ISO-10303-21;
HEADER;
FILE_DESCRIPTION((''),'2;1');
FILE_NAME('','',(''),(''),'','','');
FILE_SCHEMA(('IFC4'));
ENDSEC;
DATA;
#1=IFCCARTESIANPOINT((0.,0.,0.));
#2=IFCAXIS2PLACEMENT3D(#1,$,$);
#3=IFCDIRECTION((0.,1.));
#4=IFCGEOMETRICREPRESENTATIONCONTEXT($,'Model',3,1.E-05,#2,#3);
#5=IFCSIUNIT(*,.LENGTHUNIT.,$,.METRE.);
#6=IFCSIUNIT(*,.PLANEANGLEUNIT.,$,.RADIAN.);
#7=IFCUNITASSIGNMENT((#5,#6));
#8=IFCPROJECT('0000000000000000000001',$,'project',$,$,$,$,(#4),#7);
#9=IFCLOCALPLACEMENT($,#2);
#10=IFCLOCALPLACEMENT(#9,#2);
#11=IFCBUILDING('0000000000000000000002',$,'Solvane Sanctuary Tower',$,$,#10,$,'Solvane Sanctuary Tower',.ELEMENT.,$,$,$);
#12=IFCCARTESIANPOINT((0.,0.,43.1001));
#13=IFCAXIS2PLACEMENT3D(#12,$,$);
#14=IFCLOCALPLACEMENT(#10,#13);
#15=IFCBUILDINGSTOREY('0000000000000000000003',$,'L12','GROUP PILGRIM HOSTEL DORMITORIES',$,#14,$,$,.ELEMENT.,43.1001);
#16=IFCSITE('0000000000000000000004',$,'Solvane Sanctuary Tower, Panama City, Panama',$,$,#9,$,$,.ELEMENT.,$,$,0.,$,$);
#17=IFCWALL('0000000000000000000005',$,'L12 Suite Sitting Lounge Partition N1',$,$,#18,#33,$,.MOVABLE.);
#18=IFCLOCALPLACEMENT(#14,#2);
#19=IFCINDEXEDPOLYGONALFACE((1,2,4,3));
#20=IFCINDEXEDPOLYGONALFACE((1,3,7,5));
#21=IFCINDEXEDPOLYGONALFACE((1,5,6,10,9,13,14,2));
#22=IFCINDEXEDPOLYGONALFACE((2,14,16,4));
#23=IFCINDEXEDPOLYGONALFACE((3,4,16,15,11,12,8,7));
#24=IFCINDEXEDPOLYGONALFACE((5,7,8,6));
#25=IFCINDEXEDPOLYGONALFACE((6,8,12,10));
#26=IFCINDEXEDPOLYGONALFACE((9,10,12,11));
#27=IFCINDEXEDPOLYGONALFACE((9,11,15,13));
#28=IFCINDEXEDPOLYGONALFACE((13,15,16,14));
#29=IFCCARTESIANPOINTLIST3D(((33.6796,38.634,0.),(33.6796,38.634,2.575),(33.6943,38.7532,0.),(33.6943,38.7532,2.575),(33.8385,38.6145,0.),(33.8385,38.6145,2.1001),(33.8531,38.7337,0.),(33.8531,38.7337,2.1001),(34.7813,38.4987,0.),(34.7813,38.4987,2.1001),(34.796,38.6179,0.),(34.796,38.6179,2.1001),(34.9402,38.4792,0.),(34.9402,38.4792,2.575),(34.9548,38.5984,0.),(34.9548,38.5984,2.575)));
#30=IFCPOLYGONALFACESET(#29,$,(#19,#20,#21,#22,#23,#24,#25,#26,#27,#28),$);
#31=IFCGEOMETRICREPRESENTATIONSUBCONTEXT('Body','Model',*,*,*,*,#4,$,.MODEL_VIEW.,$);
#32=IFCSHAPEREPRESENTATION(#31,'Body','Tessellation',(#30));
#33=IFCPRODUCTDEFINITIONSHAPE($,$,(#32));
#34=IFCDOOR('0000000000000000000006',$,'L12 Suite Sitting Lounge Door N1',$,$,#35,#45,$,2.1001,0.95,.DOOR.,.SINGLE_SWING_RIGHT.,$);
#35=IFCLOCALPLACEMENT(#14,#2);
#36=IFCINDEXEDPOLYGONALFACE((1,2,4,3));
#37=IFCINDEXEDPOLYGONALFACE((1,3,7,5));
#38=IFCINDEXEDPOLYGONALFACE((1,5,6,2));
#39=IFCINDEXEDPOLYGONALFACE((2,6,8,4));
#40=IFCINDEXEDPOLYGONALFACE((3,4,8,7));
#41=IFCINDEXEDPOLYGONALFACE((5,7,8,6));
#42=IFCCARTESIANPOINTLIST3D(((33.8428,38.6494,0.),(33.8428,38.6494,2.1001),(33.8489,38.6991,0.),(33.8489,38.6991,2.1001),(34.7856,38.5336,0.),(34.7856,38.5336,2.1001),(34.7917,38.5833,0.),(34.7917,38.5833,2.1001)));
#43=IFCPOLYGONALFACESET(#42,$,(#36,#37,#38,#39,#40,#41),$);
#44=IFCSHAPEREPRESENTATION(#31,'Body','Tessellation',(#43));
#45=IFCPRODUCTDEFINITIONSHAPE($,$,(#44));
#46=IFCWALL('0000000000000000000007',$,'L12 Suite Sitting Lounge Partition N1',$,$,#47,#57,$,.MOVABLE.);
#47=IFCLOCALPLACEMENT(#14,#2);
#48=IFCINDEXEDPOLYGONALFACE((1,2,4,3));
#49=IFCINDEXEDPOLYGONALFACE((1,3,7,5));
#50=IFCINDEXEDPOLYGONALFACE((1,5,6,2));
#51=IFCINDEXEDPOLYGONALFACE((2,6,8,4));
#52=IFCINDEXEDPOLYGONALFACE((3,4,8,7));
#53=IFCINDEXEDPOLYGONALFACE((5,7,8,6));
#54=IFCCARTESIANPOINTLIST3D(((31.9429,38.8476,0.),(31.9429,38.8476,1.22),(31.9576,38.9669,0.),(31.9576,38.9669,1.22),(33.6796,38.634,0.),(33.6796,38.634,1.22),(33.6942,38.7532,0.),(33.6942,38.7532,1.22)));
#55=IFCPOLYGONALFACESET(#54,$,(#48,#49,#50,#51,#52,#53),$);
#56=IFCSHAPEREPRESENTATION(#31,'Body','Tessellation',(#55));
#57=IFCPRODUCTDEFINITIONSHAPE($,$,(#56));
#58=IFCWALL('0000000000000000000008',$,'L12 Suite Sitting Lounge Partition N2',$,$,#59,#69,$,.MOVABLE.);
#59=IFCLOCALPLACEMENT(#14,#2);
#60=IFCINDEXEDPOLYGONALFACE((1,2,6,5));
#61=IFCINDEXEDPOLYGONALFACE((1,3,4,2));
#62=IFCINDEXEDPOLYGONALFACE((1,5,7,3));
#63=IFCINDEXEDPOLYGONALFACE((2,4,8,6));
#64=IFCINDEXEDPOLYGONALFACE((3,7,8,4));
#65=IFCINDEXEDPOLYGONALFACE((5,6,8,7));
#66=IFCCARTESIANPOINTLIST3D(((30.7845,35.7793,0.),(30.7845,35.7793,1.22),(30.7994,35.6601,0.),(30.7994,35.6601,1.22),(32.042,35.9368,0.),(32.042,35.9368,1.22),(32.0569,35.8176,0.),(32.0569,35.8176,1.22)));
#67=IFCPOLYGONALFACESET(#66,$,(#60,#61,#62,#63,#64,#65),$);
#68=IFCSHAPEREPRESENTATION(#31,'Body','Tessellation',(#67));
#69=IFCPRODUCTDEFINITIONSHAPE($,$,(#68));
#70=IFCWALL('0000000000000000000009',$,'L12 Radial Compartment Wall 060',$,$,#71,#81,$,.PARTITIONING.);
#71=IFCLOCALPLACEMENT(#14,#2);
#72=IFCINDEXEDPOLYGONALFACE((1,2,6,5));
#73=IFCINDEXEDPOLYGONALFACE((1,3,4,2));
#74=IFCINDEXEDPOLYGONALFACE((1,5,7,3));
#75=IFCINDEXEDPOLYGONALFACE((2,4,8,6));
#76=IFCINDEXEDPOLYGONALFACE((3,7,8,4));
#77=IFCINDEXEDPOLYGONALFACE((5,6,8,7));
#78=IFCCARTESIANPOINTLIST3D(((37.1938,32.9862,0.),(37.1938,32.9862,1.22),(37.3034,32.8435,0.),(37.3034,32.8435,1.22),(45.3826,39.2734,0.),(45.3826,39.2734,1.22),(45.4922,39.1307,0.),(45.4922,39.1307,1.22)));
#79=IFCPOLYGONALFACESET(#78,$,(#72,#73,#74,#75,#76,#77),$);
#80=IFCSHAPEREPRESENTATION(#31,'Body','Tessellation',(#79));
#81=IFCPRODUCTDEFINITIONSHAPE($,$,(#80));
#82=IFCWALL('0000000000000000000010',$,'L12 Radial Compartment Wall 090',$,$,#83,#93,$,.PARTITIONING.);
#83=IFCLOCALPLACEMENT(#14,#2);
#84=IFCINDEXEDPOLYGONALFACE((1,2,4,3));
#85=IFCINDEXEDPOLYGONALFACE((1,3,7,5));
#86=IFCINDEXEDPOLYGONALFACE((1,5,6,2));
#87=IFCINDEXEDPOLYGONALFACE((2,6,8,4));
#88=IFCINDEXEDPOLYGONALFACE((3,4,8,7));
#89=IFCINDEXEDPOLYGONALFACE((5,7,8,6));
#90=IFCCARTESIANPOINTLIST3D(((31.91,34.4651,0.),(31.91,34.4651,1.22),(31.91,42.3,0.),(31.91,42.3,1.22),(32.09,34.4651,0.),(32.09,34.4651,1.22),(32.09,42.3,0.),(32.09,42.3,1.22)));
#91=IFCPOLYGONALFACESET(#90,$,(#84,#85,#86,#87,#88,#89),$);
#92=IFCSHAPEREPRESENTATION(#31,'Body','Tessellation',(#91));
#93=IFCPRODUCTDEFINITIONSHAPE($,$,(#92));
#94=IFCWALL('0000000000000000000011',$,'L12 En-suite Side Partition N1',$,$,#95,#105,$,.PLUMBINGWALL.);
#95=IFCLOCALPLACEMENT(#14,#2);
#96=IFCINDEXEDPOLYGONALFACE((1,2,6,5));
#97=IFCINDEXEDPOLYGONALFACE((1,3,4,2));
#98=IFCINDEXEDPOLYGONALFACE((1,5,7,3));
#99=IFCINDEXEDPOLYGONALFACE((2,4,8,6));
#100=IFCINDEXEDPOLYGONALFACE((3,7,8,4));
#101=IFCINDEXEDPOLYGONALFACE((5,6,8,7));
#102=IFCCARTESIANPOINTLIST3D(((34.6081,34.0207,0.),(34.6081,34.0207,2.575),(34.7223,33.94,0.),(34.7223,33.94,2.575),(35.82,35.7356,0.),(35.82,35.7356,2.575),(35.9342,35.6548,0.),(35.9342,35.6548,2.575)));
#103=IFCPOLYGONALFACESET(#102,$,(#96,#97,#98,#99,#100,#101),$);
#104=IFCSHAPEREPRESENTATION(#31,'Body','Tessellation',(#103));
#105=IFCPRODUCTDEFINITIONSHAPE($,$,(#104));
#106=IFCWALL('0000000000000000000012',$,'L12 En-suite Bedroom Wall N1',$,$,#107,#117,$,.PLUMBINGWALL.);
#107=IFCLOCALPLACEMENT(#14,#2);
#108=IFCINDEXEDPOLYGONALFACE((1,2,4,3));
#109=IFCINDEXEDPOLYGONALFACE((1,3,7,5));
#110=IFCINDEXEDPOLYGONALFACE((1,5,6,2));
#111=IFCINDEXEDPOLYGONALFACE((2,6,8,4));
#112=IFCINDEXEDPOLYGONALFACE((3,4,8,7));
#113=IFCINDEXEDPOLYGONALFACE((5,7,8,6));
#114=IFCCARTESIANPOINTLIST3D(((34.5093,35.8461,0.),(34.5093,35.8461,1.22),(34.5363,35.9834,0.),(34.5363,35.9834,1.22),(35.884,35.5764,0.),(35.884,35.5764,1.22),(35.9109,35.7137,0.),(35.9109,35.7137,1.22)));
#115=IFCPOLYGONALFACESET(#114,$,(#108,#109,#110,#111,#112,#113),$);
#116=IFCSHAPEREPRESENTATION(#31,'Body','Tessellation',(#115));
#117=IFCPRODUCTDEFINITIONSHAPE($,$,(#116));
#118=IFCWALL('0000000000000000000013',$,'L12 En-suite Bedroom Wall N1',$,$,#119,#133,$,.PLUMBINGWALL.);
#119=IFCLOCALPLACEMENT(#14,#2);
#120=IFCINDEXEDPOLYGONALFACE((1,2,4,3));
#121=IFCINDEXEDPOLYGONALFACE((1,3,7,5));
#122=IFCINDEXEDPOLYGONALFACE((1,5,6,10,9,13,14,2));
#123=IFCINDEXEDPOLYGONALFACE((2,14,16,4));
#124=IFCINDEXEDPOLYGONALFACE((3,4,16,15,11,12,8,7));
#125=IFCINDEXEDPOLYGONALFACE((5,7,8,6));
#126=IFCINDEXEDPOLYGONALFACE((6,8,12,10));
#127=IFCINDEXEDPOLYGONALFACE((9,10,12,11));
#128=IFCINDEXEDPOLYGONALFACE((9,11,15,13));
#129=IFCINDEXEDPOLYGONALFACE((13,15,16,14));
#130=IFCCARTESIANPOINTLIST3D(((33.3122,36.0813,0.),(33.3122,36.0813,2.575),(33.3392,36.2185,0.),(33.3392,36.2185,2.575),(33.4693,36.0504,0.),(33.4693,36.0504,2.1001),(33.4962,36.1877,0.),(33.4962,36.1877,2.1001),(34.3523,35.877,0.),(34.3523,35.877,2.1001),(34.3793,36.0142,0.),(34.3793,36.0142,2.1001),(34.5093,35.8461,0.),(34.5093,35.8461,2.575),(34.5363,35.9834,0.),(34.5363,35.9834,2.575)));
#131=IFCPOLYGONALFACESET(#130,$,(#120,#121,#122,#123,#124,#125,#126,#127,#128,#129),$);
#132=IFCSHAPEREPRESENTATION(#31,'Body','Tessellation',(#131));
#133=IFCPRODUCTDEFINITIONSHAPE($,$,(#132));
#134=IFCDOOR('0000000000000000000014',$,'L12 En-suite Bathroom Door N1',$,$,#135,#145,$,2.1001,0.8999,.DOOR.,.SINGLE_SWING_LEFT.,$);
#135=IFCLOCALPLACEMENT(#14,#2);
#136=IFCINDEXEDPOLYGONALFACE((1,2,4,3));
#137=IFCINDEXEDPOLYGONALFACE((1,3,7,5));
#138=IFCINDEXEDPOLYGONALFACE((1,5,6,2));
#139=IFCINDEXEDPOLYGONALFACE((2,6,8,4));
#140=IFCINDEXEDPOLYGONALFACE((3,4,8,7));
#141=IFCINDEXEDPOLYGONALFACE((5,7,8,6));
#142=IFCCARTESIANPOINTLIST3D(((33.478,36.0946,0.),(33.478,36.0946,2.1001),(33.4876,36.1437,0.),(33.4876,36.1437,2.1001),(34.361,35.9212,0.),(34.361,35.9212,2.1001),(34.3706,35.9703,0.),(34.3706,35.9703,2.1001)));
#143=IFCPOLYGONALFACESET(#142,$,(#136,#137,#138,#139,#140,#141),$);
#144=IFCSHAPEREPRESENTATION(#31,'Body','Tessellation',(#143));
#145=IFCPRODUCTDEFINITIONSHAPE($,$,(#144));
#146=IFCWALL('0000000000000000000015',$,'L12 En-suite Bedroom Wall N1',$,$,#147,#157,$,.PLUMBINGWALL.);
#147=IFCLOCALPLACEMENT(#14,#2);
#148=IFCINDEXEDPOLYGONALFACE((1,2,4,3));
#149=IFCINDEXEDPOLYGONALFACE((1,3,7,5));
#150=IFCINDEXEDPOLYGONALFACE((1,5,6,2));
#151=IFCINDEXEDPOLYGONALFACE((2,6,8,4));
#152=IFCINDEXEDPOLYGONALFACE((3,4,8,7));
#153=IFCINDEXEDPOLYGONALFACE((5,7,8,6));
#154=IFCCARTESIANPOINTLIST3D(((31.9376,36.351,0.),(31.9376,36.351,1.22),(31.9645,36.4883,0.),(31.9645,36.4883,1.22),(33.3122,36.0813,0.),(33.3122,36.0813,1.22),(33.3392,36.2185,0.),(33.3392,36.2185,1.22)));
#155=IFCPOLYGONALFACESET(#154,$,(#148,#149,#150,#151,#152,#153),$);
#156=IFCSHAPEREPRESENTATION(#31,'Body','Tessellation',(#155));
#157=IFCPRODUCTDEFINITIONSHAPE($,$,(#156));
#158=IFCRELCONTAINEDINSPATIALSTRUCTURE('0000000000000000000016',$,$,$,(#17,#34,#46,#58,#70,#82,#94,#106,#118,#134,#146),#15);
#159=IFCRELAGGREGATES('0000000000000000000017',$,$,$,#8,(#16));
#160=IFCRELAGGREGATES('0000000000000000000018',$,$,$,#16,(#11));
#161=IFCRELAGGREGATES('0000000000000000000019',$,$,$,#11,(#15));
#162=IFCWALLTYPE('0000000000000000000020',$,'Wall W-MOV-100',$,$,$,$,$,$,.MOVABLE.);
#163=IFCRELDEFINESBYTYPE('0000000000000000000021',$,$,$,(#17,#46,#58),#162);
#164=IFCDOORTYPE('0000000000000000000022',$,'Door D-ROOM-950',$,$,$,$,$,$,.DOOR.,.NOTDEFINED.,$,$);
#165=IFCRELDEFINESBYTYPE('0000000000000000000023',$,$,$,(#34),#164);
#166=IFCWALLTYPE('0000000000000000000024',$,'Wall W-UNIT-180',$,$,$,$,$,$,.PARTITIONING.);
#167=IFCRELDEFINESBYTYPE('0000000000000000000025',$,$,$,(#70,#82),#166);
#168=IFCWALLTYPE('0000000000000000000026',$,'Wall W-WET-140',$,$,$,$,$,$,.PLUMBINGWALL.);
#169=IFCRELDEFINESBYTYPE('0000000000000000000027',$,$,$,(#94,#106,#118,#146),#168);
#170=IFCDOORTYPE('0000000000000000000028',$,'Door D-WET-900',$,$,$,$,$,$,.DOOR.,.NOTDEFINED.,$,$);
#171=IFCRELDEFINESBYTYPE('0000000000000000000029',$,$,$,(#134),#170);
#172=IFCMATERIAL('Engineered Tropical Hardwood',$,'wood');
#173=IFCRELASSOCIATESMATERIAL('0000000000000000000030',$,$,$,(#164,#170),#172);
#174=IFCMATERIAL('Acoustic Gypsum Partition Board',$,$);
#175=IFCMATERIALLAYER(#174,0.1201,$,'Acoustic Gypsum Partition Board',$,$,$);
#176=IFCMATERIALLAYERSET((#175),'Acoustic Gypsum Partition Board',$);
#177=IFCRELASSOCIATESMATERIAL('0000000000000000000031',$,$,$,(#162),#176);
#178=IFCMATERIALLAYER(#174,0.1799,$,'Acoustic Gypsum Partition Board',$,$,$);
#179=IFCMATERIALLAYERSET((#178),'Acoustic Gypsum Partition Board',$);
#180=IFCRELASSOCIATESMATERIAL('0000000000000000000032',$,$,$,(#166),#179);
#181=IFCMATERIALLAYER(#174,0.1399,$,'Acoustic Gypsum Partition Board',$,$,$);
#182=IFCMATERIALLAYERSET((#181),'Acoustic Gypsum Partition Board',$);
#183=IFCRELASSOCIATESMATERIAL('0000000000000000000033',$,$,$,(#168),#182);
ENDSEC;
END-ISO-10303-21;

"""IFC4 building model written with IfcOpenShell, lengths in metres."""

from ifc_helpers import new_model, si_unit, direction, frame, frame_2d, origin, place, context, subcontext, project, spatial, rectangle, extrude, material, layer, layer_set, type_object, element, fill, save


model = new_model("IFC4")

# Units and contexts
model_context = context("Model", 3, precision=1e-05, world=origin(), true_north=direction((0.0, 1.0)))
body_context = subcontext(model_context, "Body", "Model", "MODEL_VIEW")
ifc_project = project(units=[si_unit("LENGTHUNIT", "METRE"), si_unit("PLANEANGLEUNIT", "RADIAN")], contexts=[model_context])

# Site, building, storey
site_placement = place(None, origin())
site = spatial("IfcSite", under=ifc_project, at=site_placement, Name="Solvane Sanctuary Tower, Panama City, Panama", CompositionType="ELEMENT", RefElevation=0.0)
building_placement = place(site_placement, origin())
building = spatial("IfcBuilding", under=site, at=building_placement, Name="Solvane Sanctuary Tower", LongName="Solvane Sanctuary Tower", CompositionType="ELEMENT")
storey_placement = place(building_placement, frame((0.0, 0.0, 43.1001)))
storey = spatial("IfcBuildingStorey", under=building, at=storey_placement, Name="L12", Description="GROUP PILGRIM HOSTEL DORMITORIES", CompositionType="ELEMENT", Elevation=43.1001)

# Shared definitions
ifc_material_1 = material(Name="Acoustic Gypsum Partition Board")

# Shared definitions
ifc_material_2 = material(Name="Engineered Tropical Hardwood", Category="wood")
door_type_1 = type_object("IfcDoorType", Name="Door D-ROOM-950", OperationType="NOTDEFINED", PredefinedType="DOOR", material=ifc_material_2)

# Shared definitions
ifc_layer_1 = layer(ifc_material_1, 0.1201, Name="Acoustic Gypsum Partition Board")
ifc_layer_set_1 = layer_set([ifc_layer_1], Name="Acoustic Gypsum Partition Board")
wall_type_1 = type_object("IfcWallType", Name="Wall W-MOV-100", PredefinedType="MOVABLE", material=ifc_layer_set_1)

# Wall, opening, door
wall_1_placement = place(storey_placement, frame((34.9475, 38.5388, 0.0), z_axis=(0.0, 0.0, 1.0), x_axis=(-0.992545, 0.121881, 0.0)))
wall_1 = element("IfcWall", 1, at=wall_1_placement, inside=storey, type_object=wall_type_1, Name="L12 Suite Sitting Lounge Partition N1", PredefinedType="MOVABLE", context=body_context, shape_type="SweptSolid", body=[
    extrude(rectangle(XDim=1.27, YDim=0.1201, at=frame_2d((0.635, 0.0))), origin(), (0.0, 0.0, 1.0), 2.575),
])
opening_1_placement = place(wall_1_placement, frame((0.1599, 0.0, 0.0)))
opening_1 = element("IfcOpeningElement", 2, at=opening_1_placement, cuts=wall_1, PredefinedType="OPENING", context=body_context, shape_type="SweptSolid", body=[
    extrude(rectangle(XDim=0.95, YDim=2.1001, at=frame_2d((0.4751, 1.05))), frame((0.0, 0.0701, 0.0), z_axis=(0.0, -1.0, 0.0), x_axis=(1.0, 0.0, 0.0)), (0.0, 0.0, 1.0), 0.1401),
])
door_1_placement = place(opening_1_placement, origin())
door_1 = element("IfcDoor", 3, at=door_1_placement, inside=storey, type_object=door_type_1, Name="L12 Suite Sitting Lounge Door N1", OperationType="SINGLE_SWING_RIGHT", OverallHeight=2.1001, OverallWidth=0.95, PredefinedType="DOOR", context=body_context, shape_type="SweptSolid", body=[
    extrude(rectangle(XDim=0.95, YDim=2.1001, at=frame_2d((0.4751, 1.05))), frame((0.0, 0.0249, 0.0), z_axis=(0.0, -1.0, 0.0), x_axis=(1.0, 0.0, 0.0)), (0.0, 0.0, 1.0), 0.05),
])
fill(opening_1, door_1)

# Walls
wall_2_placement = place(storey_placement, frame((33.687, 38.6936, 0.0), z_axis=(0.0, 0.0, 1.0), x_axis=(-0.992519, 0.122094, 0.0)))
element("IfcWall", 4, at=wall_2_placement, inside=storey, type_object=wall_type_1, Name="L12 Suite Sitting Lounge Partition N1", PredefinedType="MOVABLE", context=body_context, shape_type="SweptSolid", body=[
    extrude(rectangle(XDim=1.7498, YDim=0.1201, at=frame_2d((0.875, 0.0))), origin(), (0.0, 0.0, 1.0), 1.22),
])
wall_3_placement = place(storey_placement, frame((32.0496, 35.8772, 0.0), z_axis=(0.0, 0.0, 1.0), x_axis=(-0.992251, -0.124248, 0.0)))
element("IfcWall", 5, at=wall_3_placement, inside=storey, type_object=wall_type_1, Name="L12 Suite Sitting Lounge Partition N2", PredefinedType="MOVABLE", context=body_context, shape_type="SweptSolid", body=[
    extrude(rectangle(XDim=1.2673, YDim=0.1201, at=frame_2d((0.6338, 0.0))), origin(), (0.0, 0.0, 1.0), 1.22),
])
ifc_layer_2 = layer(ifc_material_1, 0.1799, Name="Acoustic Gypsum Partition Board")
ifc_layer_set_2 = layer_set([ifc_layer_2], Name="Acoustic Gypsum Partition Board")
wall_type_2 = type_object("IfcWallType", Name="Wall W-UNIT-180", PredefinedType="PARTITIONING", material=ifc_layer_set_2)
wall_4_placement = place(storey_placement, frame((37.2485, 32.9148, 0.0), z_axis=(0.0, 0.0, 1.0), x_axis=(0.793181, 0.608986, 0.0)))
element("IfcWall", 6, at=wall_4_placement, inside=storey, type_object=wall_type_2, Name="L12 Radial Compartment Wall 060", PredefinedType="PARTITIONING", context=body_context, shape_type="SweptSolid", body=[
    extrude(rectangle(XDim=10.324, YDim=0.1799, at=frame_2d((5.1621, 0.0))), origin(), (0.0, 0.0, 1.0), 1.22),
])
wall_5_placement = place(storey_placement, frame((32.0, 34.4651, 0.0), z_axis=(0.0, 0.0, 1.0), x_axis=(0.0, 1.0, 0.0)))
element("IfcWall", 7, at=wall_5_placement, inside=storey, type_object=wall_type_2, Name="L12 Radial Compartment Wall 090", PredefinedType="PARTITIONING", context=body_context, shape_type="SweptSolid", body=[
    extrude(rectangle(XDim=7.835, YDim=0.1799, at=frame_2d((3.9175, 0.0))), origin(), (0.0, 0.0, 1.0), 1.22),
])
ifc_layer_3 = layer(ifc_material_1, 0.1399, Name="Acoustic Gypsum Partition Board")
ifc_layer_set_3 = layer_set([ifc_layer_3], Name="Acoustic Gypsum Partition Board")
wall_type_3 = type_object("IfcWallType", Name="Wall W-WET-140", PredefinedType="PLUMBINGWALL", material=ifc_layer_set_3)
wall_6_placement = place(storey_placement, frame((34.6653, 33.9805, 0.0), z_axis=(0.0, 0.0, 1.0), x_axis=(0.57714, 0.816646, 0.0)))
element("IfcWall", 8, at=wall_6_placement, inside=storey, type_object=wall_type_3, Name="L12 En-suite Side Partition N1", PredefinedType="PLUMBINGWALL", context=body_context, shape_type="SweptSolid", body=[
    extrude(rectangle(XDim=2.0999, YDim=0.1399, at=frame_2d((1.0498, 0.0))), origin(), (0.0, 0.0, 1.0), 2.575),
])
wall_7_placement = place(storey_placement, frame((35.8975, 35.645, 0.0), z_axis=(0.0, 0.0, 1.0), x_axis=(-0.981285, 0.192563, 0.0)))
element("IfcWall", 9, at=wall_7_placement, inside=storey, type_object=wall_type_3, Name="L12 En-suite Bedroom Wall N1", PredefinedType="PLUMBINGWALL", context=body_context, shape_type="SweptSolid", body=[
    extrude(rectangle(XDim=1.4009, YDim=0.1399, at=frame_2d((0.7004, 0.0))), origin(), (0.0, 0.0, 1.0), 1.22),
])

# Wall, opening, door
wall_8_placement = place(storey_placement, frame((34.5227, 35.9148, 0.0), z_axis=(0.0, 0.0, 1.0), x_axis=(-0.981252, 0.192728, 0.0)))
wall_8 = element("IfcWall", 10, at=wall_8_placement, inside=storey, type_object=wall_type_3, Name="L12 En-suite Bedroom Wall N1", PredefinedType="PLUMBINGWALL", context=body_context, shape_type="SweptSolid", body=[
    extrude(rectangle(XDim=1.22, YDim=0.1399, at=frame_2d((0.6099, 0.0))), origin(), (0.0, 0.0, 1.0), 2.575),
])
opening_2_placement = place(wall_8_placement, frame((0.1599, 0.0, 0.0)))
opening_2 = element("IfcOpeningElement", 11, at=opening_2_placement, cuts=wall_8, PredefinedType="OPENING", context=body_context, shape_type="SweptSolid", body=[
    extrude(rectangle(XDim=0.8999, YDim=2.1001, at=frame_2d((0.45, 1.05))), frame((0.0, 0.0798, 0.0), z_axis=(0.0, -1.0, 0.0), x_axis=(1.0, 0.0, 0.0)), (0.0, 0.0, 1.0), 0.1599),
])
door_type_2 = type_object("IfcDoorType", Name="Door D-WET-900", OperationType="NOTDEFINED", PredefinedType="DOOR", material=ifc_material_2)
door_2_placement = place(opening_2_placement, origin())
door_2 = element("IfcDoor", 12, at=door_2_placement, inside=storey, type_object=door_type_2, Name="L12 En-suite Bathroom Door N1", OperationType="SINGLE_SWING_LEFT", OverallHeight=2.1001, OverallWidth=0.8999, PredefinedType="DOOR", context=body_context, shape_type="SweptSolid", body=[
    extrude(rectangle(XDim=0.8999, YDim=2.1001, at=frame_2d((0.45, 1.05))), frame((0.0, 0.0249, 0.0), z_axis=(0.0, -1.0, 0.0), x_axis=(1.0, 0.0, 0.0)), (0.0, 0.0, 1.0), 0.05),
])
fill(opening_2, door_2)

# Wall
wall_9_placement = place(storey_placement, frame((33.3257, 36.1499, 0.0), z_axis=(0.0, 0.0, 1.0), x_axis=(-0.981285, 0.192563, 0.0)))
element("IfcWall", 13, at=wall_9_placement, inside=storey, type_object=wall_type_3, Name="L12 En-suite Bedroom Wall N1", PredefinedType="PLUMBINGWALL", context=body_context, shape_type="SweptSolid", body=[
    extrude(rectangle(XDim=1.4009, YDim=0.1399, at=frame_2d((0.7004, 0.0))), origin(), (0.0, 0.0, 1.0), 1.22),
])

save(model, "model.ifc")
